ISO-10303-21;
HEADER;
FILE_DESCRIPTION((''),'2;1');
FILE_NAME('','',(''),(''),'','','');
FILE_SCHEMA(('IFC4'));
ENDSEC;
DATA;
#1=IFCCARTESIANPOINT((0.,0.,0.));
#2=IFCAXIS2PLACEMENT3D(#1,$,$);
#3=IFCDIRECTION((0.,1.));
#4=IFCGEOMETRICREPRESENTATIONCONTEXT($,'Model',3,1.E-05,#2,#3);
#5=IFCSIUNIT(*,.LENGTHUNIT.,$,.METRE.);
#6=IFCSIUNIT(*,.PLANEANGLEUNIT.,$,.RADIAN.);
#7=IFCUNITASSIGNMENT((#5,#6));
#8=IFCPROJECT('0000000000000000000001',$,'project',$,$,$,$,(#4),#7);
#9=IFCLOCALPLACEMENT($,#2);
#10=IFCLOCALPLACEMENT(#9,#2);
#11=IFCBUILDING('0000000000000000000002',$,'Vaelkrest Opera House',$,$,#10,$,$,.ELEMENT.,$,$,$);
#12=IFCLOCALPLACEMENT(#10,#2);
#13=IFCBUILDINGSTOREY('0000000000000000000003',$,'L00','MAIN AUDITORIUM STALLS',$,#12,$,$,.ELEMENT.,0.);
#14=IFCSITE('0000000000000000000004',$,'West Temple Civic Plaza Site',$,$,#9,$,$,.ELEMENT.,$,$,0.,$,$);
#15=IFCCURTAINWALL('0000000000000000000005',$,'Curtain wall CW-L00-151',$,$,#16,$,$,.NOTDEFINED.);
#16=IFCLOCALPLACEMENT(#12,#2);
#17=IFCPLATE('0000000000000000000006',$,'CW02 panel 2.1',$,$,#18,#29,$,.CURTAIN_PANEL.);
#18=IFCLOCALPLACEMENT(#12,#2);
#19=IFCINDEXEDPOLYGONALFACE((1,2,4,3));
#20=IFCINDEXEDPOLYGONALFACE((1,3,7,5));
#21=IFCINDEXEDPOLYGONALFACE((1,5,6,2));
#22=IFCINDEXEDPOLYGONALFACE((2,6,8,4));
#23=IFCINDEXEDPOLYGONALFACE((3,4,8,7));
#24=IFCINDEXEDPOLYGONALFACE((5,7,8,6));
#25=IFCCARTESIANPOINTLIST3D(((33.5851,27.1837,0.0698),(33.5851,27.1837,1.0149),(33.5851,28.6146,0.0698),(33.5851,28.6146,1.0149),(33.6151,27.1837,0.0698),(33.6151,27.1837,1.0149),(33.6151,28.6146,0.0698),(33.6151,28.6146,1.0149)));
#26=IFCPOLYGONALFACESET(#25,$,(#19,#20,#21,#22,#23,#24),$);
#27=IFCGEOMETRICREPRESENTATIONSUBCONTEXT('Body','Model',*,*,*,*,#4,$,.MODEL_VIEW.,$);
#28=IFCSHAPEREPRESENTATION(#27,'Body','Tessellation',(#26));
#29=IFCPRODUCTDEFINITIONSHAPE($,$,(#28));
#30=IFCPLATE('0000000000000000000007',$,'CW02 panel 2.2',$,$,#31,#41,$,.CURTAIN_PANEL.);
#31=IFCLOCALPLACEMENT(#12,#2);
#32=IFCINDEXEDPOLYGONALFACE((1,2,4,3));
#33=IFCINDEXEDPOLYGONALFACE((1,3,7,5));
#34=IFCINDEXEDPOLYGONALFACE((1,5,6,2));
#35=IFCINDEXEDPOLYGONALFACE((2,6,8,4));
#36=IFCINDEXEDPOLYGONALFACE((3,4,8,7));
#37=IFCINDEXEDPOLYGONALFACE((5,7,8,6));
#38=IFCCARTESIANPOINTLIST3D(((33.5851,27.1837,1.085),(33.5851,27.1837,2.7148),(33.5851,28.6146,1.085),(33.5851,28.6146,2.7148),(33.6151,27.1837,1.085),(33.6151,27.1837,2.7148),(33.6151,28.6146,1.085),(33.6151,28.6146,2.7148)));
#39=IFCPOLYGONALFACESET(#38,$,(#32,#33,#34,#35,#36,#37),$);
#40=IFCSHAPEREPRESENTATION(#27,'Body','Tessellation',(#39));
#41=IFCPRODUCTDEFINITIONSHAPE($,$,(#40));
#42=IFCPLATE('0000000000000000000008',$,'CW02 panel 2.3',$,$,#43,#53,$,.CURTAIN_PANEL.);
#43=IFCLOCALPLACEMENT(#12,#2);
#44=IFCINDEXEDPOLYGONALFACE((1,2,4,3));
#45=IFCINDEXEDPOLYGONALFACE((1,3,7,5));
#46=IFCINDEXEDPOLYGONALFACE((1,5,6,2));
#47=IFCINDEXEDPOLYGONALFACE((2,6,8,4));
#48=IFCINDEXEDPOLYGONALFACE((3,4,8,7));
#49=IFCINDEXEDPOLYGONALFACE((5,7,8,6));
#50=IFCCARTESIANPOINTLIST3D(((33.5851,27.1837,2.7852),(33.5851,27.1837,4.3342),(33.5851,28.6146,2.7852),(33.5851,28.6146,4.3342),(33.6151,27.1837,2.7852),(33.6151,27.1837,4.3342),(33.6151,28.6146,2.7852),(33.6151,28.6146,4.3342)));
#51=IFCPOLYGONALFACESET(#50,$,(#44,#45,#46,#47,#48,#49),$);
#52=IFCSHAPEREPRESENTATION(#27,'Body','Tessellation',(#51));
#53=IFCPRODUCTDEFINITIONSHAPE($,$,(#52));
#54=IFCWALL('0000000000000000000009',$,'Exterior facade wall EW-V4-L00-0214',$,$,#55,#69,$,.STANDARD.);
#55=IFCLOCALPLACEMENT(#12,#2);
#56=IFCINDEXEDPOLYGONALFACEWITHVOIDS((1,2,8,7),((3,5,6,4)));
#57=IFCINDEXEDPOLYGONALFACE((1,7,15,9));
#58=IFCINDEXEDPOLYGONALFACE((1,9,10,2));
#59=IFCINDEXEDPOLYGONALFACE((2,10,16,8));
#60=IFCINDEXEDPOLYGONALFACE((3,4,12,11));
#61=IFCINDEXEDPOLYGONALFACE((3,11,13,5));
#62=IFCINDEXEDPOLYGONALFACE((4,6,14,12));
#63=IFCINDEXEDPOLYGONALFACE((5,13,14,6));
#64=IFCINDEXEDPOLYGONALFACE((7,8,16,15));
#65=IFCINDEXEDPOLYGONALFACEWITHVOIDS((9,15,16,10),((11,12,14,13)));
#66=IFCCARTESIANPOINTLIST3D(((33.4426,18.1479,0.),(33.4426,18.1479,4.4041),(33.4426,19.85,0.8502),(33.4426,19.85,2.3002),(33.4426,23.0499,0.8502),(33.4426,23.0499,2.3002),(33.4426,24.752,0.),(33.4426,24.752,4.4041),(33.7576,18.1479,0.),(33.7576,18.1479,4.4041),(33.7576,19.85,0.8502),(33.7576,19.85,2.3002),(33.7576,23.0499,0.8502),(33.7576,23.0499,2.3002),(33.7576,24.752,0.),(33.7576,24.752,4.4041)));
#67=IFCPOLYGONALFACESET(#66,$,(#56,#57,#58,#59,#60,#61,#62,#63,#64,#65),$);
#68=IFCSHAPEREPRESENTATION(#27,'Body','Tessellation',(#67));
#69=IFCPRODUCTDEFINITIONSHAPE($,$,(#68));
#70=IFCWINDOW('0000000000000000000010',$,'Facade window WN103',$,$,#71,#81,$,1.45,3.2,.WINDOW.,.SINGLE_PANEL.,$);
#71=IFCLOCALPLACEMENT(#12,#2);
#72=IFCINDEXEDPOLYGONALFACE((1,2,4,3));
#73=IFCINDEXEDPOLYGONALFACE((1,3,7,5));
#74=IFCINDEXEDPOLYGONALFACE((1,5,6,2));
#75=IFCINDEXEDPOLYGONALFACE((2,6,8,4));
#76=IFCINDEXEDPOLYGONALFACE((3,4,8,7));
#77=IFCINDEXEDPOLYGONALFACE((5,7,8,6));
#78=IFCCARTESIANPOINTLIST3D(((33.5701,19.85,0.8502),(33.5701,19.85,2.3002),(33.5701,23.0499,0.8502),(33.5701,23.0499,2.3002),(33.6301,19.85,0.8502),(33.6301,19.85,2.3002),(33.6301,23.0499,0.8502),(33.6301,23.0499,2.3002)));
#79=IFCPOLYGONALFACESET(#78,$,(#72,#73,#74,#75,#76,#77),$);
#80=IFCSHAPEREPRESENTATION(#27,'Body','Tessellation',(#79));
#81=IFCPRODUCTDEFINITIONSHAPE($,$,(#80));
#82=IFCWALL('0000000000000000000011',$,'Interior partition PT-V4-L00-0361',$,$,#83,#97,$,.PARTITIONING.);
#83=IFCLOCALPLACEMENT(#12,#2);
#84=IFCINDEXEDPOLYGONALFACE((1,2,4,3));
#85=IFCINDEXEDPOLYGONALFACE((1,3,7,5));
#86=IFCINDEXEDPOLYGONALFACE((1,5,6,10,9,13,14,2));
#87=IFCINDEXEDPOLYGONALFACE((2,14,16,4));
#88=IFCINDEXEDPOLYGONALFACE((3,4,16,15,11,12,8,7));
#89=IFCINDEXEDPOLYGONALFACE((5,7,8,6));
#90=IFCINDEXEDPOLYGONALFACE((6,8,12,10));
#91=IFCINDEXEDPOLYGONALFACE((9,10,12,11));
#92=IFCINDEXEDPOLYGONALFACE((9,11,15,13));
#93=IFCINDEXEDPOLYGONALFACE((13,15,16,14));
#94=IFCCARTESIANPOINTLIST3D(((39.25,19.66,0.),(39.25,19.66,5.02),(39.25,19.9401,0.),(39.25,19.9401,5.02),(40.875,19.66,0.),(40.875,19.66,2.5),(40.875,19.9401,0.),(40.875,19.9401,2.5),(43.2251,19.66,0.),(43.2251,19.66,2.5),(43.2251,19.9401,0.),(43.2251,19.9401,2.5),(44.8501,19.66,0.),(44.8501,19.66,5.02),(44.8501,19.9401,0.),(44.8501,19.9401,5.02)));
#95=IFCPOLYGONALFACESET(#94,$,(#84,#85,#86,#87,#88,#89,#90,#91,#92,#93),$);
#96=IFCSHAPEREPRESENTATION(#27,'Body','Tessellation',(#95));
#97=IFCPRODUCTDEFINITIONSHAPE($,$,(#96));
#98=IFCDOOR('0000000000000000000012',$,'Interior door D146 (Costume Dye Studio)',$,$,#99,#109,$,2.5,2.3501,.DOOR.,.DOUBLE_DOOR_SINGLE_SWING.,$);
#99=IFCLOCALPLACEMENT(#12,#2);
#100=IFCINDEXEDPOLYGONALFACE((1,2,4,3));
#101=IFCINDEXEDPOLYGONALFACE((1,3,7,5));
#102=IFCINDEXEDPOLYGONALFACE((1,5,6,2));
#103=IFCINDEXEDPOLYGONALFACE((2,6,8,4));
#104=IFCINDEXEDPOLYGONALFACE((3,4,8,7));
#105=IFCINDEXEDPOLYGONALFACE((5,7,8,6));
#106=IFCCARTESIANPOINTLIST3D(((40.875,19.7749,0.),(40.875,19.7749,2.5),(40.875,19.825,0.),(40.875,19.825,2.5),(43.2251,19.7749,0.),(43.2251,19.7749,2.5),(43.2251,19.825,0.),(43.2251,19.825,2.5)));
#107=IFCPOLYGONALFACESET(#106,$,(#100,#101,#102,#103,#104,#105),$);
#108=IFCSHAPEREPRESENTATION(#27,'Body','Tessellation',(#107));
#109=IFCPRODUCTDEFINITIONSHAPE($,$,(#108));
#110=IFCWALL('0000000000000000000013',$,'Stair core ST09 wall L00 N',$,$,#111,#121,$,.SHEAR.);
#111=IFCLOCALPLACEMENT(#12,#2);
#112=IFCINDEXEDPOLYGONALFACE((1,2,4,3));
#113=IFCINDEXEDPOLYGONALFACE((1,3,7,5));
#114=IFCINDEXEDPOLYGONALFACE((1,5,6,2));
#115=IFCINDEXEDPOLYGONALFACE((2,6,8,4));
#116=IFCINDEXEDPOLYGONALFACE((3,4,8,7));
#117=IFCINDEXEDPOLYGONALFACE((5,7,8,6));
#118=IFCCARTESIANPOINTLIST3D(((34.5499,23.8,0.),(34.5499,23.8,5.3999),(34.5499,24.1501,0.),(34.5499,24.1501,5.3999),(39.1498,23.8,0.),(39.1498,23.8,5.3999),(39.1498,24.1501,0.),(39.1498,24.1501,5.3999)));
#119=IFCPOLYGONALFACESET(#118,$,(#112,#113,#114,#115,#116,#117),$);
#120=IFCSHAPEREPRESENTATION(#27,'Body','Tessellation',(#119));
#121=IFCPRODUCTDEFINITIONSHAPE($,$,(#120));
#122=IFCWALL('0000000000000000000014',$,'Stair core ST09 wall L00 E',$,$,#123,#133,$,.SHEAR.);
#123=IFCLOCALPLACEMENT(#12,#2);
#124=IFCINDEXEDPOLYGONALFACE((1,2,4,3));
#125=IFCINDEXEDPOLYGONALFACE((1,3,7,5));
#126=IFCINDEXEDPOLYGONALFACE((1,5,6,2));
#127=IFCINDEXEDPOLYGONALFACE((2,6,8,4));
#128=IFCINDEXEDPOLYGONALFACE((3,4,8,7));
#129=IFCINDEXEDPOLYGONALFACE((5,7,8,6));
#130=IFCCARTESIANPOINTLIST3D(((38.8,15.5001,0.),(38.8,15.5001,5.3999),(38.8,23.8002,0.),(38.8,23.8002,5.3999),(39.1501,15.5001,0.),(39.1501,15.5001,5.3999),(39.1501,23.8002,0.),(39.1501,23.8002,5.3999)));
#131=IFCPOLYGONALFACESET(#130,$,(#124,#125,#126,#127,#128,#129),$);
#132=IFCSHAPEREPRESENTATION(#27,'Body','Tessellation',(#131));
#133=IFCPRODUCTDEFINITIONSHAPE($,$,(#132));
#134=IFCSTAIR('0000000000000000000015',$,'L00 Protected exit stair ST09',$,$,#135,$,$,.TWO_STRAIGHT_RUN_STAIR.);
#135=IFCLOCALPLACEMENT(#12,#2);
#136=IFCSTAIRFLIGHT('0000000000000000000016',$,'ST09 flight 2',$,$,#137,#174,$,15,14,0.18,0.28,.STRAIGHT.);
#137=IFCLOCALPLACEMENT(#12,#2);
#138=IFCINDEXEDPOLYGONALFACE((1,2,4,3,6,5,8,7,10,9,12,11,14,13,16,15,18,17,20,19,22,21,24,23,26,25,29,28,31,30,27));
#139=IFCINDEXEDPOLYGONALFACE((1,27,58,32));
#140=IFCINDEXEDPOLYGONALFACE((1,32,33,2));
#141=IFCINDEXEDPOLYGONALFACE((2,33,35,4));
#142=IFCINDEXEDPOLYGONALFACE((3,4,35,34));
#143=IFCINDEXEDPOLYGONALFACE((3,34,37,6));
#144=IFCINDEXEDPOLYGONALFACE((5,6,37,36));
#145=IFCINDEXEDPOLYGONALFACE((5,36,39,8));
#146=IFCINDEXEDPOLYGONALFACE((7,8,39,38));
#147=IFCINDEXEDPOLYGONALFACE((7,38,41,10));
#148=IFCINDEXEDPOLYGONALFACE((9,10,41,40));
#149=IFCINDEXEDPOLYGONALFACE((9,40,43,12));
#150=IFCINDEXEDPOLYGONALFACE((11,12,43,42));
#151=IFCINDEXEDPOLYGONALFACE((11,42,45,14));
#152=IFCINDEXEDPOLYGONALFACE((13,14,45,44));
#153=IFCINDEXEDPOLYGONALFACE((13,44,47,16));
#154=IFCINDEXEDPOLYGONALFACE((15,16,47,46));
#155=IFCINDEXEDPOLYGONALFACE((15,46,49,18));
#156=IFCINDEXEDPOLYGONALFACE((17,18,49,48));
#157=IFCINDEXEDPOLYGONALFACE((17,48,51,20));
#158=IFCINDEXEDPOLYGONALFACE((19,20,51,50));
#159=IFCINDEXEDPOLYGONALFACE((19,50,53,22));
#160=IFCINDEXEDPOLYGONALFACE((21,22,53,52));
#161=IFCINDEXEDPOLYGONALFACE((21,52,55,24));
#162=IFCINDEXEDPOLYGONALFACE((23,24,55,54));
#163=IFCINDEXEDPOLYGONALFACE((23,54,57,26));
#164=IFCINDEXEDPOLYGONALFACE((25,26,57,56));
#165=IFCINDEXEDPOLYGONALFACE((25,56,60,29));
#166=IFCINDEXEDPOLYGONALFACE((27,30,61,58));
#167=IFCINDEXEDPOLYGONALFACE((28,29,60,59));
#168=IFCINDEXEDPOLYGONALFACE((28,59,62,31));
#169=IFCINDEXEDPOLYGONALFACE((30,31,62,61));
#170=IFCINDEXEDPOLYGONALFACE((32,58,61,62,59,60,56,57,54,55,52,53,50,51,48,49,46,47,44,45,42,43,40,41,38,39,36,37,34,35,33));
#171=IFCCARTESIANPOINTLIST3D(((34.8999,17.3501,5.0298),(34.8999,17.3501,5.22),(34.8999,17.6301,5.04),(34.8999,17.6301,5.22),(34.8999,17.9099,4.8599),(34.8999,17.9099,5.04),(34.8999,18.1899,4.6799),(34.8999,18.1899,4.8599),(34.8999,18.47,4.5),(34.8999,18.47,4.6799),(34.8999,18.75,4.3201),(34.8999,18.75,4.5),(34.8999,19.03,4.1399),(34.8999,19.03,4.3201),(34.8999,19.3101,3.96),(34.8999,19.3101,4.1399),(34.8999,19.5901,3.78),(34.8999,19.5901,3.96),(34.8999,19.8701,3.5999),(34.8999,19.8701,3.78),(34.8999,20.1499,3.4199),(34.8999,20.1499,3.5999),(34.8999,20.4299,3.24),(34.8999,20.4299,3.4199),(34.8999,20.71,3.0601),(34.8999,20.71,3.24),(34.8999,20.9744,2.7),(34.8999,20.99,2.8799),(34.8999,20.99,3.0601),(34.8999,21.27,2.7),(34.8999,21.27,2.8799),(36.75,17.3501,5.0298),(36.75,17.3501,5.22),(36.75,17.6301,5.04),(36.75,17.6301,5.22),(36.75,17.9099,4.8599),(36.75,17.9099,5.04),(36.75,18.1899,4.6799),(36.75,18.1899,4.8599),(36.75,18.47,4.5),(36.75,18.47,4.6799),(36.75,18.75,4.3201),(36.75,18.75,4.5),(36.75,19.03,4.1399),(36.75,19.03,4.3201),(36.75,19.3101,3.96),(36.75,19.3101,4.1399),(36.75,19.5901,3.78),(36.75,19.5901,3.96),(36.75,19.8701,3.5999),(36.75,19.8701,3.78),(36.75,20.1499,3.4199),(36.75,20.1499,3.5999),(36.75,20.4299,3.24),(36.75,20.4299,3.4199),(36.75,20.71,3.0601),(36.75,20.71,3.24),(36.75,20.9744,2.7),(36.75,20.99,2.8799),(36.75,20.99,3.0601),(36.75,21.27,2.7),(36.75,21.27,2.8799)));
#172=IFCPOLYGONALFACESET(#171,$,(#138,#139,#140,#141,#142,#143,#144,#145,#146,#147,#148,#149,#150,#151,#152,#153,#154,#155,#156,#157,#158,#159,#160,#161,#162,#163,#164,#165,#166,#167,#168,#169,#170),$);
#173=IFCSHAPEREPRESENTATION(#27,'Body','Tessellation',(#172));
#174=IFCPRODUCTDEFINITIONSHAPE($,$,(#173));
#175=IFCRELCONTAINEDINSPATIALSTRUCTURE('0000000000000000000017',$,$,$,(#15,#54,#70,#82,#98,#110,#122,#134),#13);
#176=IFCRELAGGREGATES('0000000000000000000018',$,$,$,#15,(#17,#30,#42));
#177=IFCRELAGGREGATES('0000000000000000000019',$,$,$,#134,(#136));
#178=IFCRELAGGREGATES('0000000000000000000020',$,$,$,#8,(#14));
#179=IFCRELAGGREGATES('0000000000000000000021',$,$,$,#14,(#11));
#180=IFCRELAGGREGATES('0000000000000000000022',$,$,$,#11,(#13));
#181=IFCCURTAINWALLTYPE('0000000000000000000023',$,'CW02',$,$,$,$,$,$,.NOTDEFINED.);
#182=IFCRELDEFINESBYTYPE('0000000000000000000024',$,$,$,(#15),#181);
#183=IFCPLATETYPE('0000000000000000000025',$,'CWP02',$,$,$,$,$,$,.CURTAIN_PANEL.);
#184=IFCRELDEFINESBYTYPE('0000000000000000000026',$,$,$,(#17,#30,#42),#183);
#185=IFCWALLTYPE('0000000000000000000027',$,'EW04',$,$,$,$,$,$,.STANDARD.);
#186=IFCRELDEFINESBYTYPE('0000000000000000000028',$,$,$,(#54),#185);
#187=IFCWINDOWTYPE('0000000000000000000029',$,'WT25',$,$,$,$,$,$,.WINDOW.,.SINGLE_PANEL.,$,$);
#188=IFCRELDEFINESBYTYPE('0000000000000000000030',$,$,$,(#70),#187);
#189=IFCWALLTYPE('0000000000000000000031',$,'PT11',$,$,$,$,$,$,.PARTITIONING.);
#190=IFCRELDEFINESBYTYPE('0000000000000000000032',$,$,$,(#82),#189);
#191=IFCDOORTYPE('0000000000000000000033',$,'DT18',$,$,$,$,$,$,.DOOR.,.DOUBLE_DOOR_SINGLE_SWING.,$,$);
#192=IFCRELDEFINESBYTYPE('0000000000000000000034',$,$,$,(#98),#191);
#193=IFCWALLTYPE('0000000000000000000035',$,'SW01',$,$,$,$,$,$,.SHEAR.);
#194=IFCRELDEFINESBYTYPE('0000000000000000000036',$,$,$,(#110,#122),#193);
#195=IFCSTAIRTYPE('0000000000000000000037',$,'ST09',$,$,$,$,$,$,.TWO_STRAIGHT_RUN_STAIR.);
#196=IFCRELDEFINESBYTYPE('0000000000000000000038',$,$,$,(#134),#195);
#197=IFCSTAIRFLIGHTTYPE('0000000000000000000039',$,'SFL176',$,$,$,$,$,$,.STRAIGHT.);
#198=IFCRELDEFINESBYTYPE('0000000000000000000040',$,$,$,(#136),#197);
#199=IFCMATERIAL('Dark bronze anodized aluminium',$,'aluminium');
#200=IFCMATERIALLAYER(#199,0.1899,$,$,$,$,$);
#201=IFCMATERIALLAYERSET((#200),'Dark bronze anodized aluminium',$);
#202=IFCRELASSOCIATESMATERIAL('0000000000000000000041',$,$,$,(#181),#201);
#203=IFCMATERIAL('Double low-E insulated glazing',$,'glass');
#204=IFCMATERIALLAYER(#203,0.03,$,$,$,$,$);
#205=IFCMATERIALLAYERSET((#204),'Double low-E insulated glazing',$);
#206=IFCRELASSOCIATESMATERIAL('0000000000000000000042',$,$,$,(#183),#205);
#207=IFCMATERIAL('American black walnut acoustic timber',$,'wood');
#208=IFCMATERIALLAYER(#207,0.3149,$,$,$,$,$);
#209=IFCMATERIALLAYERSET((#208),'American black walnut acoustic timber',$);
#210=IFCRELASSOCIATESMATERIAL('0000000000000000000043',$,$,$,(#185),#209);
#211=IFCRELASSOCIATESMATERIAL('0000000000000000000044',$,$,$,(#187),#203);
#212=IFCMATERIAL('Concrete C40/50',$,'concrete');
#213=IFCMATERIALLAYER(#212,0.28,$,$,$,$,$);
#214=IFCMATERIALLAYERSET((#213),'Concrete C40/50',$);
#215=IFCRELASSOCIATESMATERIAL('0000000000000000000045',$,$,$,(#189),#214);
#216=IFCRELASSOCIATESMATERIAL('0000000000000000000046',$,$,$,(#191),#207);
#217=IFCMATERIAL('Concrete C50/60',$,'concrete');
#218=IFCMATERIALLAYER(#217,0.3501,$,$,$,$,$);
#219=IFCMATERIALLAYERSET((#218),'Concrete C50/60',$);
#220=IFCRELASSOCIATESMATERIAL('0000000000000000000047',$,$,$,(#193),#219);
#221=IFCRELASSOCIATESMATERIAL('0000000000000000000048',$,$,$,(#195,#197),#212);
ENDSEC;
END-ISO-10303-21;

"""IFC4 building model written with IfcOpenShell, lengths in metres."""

from ifc_helpers import new_model, si_unit, direction, frame, frame_2d, origin, origin_2d, place, context, subcontext, project, spatial, polyline, rectangle, outline, extrude, material, layer, layer_set, type_object, element, fill, aggregate, save


model = new_model("IFC4")

# Units and contexts
model_context = context("Model", 3, precision=1e-05, world=origin(), true_north=direction((0.0, 1.0)))
body_context = subcontext(model_context, "Body", "Model", "MODEL_VIEW")
ifc_project = project(units=[si_unit("LENGTHUNIT", "METRE"), si_unit("PLANEANGLEUNIT", "RADIAN")], contexts=[model_context])

# Site, building, storey
site_placement = place(None, origin())
site = spatial("IfcSite", under=ifc_project, at=site_placement, Name="West Temple Civic Plaza Site", CompositionType="ELEMENT", RefElevation=0.0)
building_placement = place(site_placement, origin())
building = spatial("IfcBuilding", under=site, at=building_placement, Name="Vaelkrest Opera House", CompositionType="ELEMENT")
storey_placement = place(building_placement, origin())
storey = spatial("IfcBuildingStorey", under=building, at=storey_placement, Name="L00", Description="MAIN AUDITORIUM STALLS", CompositionType="ELEMENT", Elevation=0.0)

# Shared definitions
ifc_material_1 = material(Name="Concrete C50/60", Category="concrete")

# Curtain wall
ifc_material_2 = material(Name="Dark bronze anodized aluminium", Category="aluminium")
ifc_layer_1 = layer(ifc_material_2, 0.1899)
ifc_layer_set_1 = layer_set([ifc_layer_1], Name="Dark bronze anodized aluminium")
curtain_wall_type = type_object("IfcCurtainWallType", Name="CW02", PredefinedType="NOTDEFINED", material=ifc_layer_set_1)
curtain_wall_placement = place(storey_placement, origin())
curtain_wall = element("IfcCurtainWall", 1, at=curtain_wall_placement, inside=storey, type_object=curtain_wall_type, Name="Curtain wall CW-L00-151", PredefinedType="NOTDEFINED")

# Plates
ifc_material_3 = material(Name="Double low-E insulated glazing", Category="glass")
ifc_layer_2 = layer(ifc_material_3, 0.03)
ifc_layer_set_2 = layer_set([ifc_layer_2], Name="Double low-E insulated glazing")
plate_type = type_object("IfcPlateType", Name="CWP02", PredefinedType="CURTAIN_PANEL", material=ifc_layer_set_2)
plate_1_placement = place(storey_placement, frame((33.6001, 27.8992, 0.0698), z_axis=(0.0, 0.0, 1.0), x_axis=(0.0, 1.0, 0.0)))
plate_1 = element("IfcPlate", 2, at=plate_1_placement, type_object=plate_type, Name="CW02 panel 2.1", PredefinedType="CURTAIN_PANEL", context=body_context, shape_type="SweptSolid", body=[
    extrude(rectangle(XDim=1.4309, YDim=0.03, at=origin_2d()), origin(), (0.0, 0.0, 1.0), 0.9451),
])
plate_2_placement = place(storey_placement, frame((33.6001, 27.8992, 1.085), z_axis=(0.0, 0.0, 1.0), x_axis=(0.0, 1.0, 0.0)))
plate_2 = element("IfcPlate", 3, at=plate_2_placement, type_object=plate_type, Name="CW02 panel 2.2", PredefinedType="CURTAIN_PANEL", context=body_context, shape_type="SweptSolid", body=[
    extrude(rectangle(XDim=1.4309, YDim=0.03, at=origin_2d()), origin(), (0.0, 0.0, 1.0), 1.6299),
])
plate_3_placement = place(storey_placement, frame((33.6001, 27.8992, 2.7852), z_axis=(0.0, 0.0, 1.0), x_axis=(0.0, 1.0, 0.0)))
plate_3 = element("IfcPlate", 4, at=plate_3_placement, type_object=plate_type, Name="CW02 panel 2.3", PredefinedType="CURTAIN_PANEL", context=body_context, shape_type="SweptSolid", body=[
    extrude(rectangle(XDim=1.4309, YDim=0.03, at=origin_2d()), origin(), (0.0, 0.0, 1.0), 1.5491),
])
aggregate(curtain_wall, [plate_1, plate_2, plate_3])

# Wall, opening, window
ifc_material_4 = material(Name="American black walnut acoustic timber", Category="wood")
ifc_layer_3 = layer(ifc_material_4, 0.3149)
ifc_layer_set_3 = layer_set([ifc_layer_3], Name="American black walnut acoustic timber")
wall_type_1 = type_object("IfcWallType", Name="EW04", PredefinedType="STANDARD", material=ifc_layer_set_3)
wall_1_placement = place(storey_placement, frame((33.6001, 18.1479, 0.0), z_axis=(0.0, 0.0, 1.0), x_axis=(0.0, 1.0, 0.0)))
wall_1 = element("IfcWall", 5, at=wall_1_placement, inside=storey, type_object=wall_type_1, Name="Exterior facade wall EW-V4-L00-0214", PredefinedType="STANDARD", context=body_context, shape_type="SweptSolid", body=[
    extrude(rectangle(XDim=6.604, YDim=0.3149, at=frame_2d((3.302, 0.0))), origin(), (0.0, 0.0, 1.0), 4.4041),
])
opening_1_placement = place(wall_1_placement, frame((1.7019, 0.0, 0.8501)))
opening_1 = element("IfcOpeningElement", 6, at=opening_1_placement, cuts=wall_1, PredefinedType="OPENING", context=body_context, shape_type="SweptSolid", body=[
    extrude(rectangle(XDim=3.2, YDim=1.45, at=frame_2d((1.6001, 0.7251))), frame((0.0, 0.1675, 0.0), z_axis=(0.0, -1.0, 0.0), x_axis=(1.0, 0.0, 0.0)), (0.0, 0.0, 1.0), 0.335),
])
window_type = type_object("IfcWindowType", Name="WT25", PartitioningType="SINGLE_PANEL", PredefinedType="WINDOW", material=ifc_material_3)
window_placement = place(opening_1_placement, origin())
window = element("IfcWindow", 7, at=window_placement, inside=storey, type_object=window_type, Name="Facade window WN103", OverallHeight=1.45, OverallWidth=3.2, PartitioningType="SINGLE_PANEL", PredefinedType="WINDOW", context=body_context, shape_type="SweptSolid", body=[
    extrude(rectangle(XDim=3.2, YDim=1.45, at=frame_2d((1.6001, 0.7251))), frame((0.0, 0.03, 0.0), z_axis=(0.0, -1.0, 0.0), x_axis=(1.0, 0.0, 0.0)), (0.0, 0.0, 1.0), 0.0601),
])
fill(opening_1, window)

# Wall, opening, door
ifc_material_5 = material(Name="Concrete C40/50", Category="concrete")
ifc_layer_4 = layer(ifc_material_5, 0.28)
ifc_layer_set_4 = layer_set([ifc_layer_4], Name="Concrete C40/50")
wall_type_2 = type_object("IfcWallType", Name="PT11", PredefinedType="PARTITIONING", material=ifc_layer_set_4)
wall_2_placement = place(storey_placement, frame((39.25, 19.8, 0.0), z_axis=(0.0, 0.0, 1.0), x_axis=(1.0, 0.0, 0.0)))
wall_2 = element("IfcWall", 8, at=wall_2_placement, inside=storey, type_object=wall_type_2, Name="Interior partition PT-V4-L00-0361", PredefinedType="PARTITIONING", context=body_context, shape_type="SweptSolid", body=[
    extrude(rectangle(XDim=5.6001, YDim=0.28, at=frame_2d((2.8, 0.0))), origin(), (0.0, 0.0, 1.0), 5.02),
])
opening_2_placement = place(wall_2_placement, frame((1.625, 0.0, 0.0)))
opening_2 = element("IfcOpeningElement", 9, at=opening_2_placement, cuts=wall_2, PredefinedType="OPENING", context=body_context, shape_type="SweptSolid", body=[
    extrude(rectangle(XDim=2.3501, YDim=2.5, at=frame_2d((1.175, 1.25))), frame((0.0, 0.1499, 0.0), z_axis=(0.0, -1.0, 0.0), x_axis=(1.0, 0.0, 0.0)), (0.0, 0.0, 1.0), 0.3),
])
door_type = type_object("IfcDoorType", Name="DT18", OperationType="DOUBLE_DOOR_SINGLE_SWING", PredefinedType="DOOR", material=ifc_material_4)
door_placement = place(opening_2_placement, origin())
door = element("IfcDoor", 10, at=door_placement, inside=storey, type_object=door_type, Name="Interior door D146 (Costume Dye Studio)", OperationType="DOUBLE_DOOR_SINGLE_SWING", OverallHeight=2.5, OverallWidth=2.3501, PredefinedType="DOOR", context=body_context, shape_type="SweptSolid", body=[
    extrude(rectangle(XDim=2.3501, YDim=2.5, at=frame_2d((1.175, 1.25))), frame((0.0, 0.0249, 0.0), z_axis=(0.0, -1.0, 0.0), x_axis=(1.0, 0.0, 0.0)), (0.0, 0.0, 1.0), 0.05),
])
fill(opening_2, door)

# Walls
ifc_layer_5 = layer(ifc_material_1, 0.3501)
ifc_layer_set_5 = layer_set([ifc_layer_5], Name="Concrete C50/60")
wall_type_3 = type_object("IfcWallType", Name="SW01", PredefinedType="SHEAR", material=ifc_layer_set_5)
wall_3_placement = place(storey_placement, frame((34.55, 23.9751, 0.0), z_axis=(0.0, 0.0, 1.0), x_axis=(1.0, 0.0, 0.0)))
element("IfcWall", 11, at=wall_3_placement, inside=storey, type_object=wall_type_3, Name="Stair core ST09 wall L00 N", PredefinedType="SHEAR", context=body_context, shape_type="SweptSolid", body=[
    extrude(rectangle(XDim=4.5999, YDim=0.3501, at=frame_2d((2.2998, 0.0))), origin(), (0.0, 0.0, 1.0), 5.3999),
])
wall_4_placement = place(storey_placement, frame((38.9751, 23.8, 0.0), z_axis=(0.0, 0.0, 1.0), x_axis=(0.0, -1.0, 0.0)))
element("IfcWall", 12, at=wall_4_placement, inside=storey, type_object=wall_type_3, Name="Stair core ST09 wall L00 E", PredefinedType="SHEAR", context=body_context, shape_type="SweptSolid", body=[
    extrude(rectangle(XDim=8.3, YDim=0.3501, at=frame_2d((4.1499, 0.0))), origin(), (0.0, 0.0, 1.0), 5.3999),
])

# Stair, stair flight
stair_type = type_object("IfcStairType", Name="ST09", PredefinedType="TWO_STRAIGHT_RUN_STAIR", material=ifc_material_5)
stair_placement = place(storey_placement, origin())
stair = element("IfcStair", 13, at=stair_placement, inside=storey, type_object=stair_type, Name="L00 Protected exit stair ST09", PredefinedType="TWO_STRAIGHT_RUN_STAIR")
stair_flight_type = type_object("IfcStairFlightType", Name="SFL176", PredefinedType="STRAIGHT", material=ifc_material_5)
stair_flight_placement = place(storey_placement, frame((35.825, 21.27, 2.7), z_axis=(0.0, 0.0, 1.0), x_axis=(0.0, -1.0, 0.0)))
stair_flight = element("IfcStairFlight", 14, at=stair_flight_placement, type_object=stair_flight_type, Name="ST09 flight 2", NumberOfRisers=15, NumberOfTreads=14, PredefinedType="STRAIGHT", RiserHeight=0.18, TreadLength=0.28, context=body_context, shape_type="SweptSolid", body=[
    extrude(outline(polyline([(0.0, 0.0), (0.0, 0.1799), (0.28, 0.1799), (0.28, 0.3601), (0.5601, 0.3601), (0.5601, 0.54), (0.8401, 0.54), (0.8401, 0.72), (1.1201, 0.72), (1.1201, 0.8999), (1.3999, 0.8999), (1.3999, 1.0801), (1.6799, 1.0801), (1.6799, 1.26), (1.96, 1.26), (1.96, 1.4399), (2.24, 1.4399), (2.24, 1.6201), (2.52, 1.6201), (2.52, 1.8), (2.8, 1.8), (2.8, 1.98), (3.0801, 1.98), (3.0801, 2.1599), (3.3601, 2.1599), (3.3601, 2.3401), (3.6399, 2.3401), (3.6399, 2.52), (3.9199, 2.52), (3.9199, 2.7), (3.9199, 2.3298), (0.2957, 0.0), (0.0, 0.0)])), frame((0.0, 0.925, 0.0), z_axis=(0.0, -1.0, 0.0), x_axis=(1.0, 0.0, 0.0)), (0.0, 0.0, 1.0), 1.8501),
])
aggregate(stair, [stair_flight])

save(model, "model.ifc")
